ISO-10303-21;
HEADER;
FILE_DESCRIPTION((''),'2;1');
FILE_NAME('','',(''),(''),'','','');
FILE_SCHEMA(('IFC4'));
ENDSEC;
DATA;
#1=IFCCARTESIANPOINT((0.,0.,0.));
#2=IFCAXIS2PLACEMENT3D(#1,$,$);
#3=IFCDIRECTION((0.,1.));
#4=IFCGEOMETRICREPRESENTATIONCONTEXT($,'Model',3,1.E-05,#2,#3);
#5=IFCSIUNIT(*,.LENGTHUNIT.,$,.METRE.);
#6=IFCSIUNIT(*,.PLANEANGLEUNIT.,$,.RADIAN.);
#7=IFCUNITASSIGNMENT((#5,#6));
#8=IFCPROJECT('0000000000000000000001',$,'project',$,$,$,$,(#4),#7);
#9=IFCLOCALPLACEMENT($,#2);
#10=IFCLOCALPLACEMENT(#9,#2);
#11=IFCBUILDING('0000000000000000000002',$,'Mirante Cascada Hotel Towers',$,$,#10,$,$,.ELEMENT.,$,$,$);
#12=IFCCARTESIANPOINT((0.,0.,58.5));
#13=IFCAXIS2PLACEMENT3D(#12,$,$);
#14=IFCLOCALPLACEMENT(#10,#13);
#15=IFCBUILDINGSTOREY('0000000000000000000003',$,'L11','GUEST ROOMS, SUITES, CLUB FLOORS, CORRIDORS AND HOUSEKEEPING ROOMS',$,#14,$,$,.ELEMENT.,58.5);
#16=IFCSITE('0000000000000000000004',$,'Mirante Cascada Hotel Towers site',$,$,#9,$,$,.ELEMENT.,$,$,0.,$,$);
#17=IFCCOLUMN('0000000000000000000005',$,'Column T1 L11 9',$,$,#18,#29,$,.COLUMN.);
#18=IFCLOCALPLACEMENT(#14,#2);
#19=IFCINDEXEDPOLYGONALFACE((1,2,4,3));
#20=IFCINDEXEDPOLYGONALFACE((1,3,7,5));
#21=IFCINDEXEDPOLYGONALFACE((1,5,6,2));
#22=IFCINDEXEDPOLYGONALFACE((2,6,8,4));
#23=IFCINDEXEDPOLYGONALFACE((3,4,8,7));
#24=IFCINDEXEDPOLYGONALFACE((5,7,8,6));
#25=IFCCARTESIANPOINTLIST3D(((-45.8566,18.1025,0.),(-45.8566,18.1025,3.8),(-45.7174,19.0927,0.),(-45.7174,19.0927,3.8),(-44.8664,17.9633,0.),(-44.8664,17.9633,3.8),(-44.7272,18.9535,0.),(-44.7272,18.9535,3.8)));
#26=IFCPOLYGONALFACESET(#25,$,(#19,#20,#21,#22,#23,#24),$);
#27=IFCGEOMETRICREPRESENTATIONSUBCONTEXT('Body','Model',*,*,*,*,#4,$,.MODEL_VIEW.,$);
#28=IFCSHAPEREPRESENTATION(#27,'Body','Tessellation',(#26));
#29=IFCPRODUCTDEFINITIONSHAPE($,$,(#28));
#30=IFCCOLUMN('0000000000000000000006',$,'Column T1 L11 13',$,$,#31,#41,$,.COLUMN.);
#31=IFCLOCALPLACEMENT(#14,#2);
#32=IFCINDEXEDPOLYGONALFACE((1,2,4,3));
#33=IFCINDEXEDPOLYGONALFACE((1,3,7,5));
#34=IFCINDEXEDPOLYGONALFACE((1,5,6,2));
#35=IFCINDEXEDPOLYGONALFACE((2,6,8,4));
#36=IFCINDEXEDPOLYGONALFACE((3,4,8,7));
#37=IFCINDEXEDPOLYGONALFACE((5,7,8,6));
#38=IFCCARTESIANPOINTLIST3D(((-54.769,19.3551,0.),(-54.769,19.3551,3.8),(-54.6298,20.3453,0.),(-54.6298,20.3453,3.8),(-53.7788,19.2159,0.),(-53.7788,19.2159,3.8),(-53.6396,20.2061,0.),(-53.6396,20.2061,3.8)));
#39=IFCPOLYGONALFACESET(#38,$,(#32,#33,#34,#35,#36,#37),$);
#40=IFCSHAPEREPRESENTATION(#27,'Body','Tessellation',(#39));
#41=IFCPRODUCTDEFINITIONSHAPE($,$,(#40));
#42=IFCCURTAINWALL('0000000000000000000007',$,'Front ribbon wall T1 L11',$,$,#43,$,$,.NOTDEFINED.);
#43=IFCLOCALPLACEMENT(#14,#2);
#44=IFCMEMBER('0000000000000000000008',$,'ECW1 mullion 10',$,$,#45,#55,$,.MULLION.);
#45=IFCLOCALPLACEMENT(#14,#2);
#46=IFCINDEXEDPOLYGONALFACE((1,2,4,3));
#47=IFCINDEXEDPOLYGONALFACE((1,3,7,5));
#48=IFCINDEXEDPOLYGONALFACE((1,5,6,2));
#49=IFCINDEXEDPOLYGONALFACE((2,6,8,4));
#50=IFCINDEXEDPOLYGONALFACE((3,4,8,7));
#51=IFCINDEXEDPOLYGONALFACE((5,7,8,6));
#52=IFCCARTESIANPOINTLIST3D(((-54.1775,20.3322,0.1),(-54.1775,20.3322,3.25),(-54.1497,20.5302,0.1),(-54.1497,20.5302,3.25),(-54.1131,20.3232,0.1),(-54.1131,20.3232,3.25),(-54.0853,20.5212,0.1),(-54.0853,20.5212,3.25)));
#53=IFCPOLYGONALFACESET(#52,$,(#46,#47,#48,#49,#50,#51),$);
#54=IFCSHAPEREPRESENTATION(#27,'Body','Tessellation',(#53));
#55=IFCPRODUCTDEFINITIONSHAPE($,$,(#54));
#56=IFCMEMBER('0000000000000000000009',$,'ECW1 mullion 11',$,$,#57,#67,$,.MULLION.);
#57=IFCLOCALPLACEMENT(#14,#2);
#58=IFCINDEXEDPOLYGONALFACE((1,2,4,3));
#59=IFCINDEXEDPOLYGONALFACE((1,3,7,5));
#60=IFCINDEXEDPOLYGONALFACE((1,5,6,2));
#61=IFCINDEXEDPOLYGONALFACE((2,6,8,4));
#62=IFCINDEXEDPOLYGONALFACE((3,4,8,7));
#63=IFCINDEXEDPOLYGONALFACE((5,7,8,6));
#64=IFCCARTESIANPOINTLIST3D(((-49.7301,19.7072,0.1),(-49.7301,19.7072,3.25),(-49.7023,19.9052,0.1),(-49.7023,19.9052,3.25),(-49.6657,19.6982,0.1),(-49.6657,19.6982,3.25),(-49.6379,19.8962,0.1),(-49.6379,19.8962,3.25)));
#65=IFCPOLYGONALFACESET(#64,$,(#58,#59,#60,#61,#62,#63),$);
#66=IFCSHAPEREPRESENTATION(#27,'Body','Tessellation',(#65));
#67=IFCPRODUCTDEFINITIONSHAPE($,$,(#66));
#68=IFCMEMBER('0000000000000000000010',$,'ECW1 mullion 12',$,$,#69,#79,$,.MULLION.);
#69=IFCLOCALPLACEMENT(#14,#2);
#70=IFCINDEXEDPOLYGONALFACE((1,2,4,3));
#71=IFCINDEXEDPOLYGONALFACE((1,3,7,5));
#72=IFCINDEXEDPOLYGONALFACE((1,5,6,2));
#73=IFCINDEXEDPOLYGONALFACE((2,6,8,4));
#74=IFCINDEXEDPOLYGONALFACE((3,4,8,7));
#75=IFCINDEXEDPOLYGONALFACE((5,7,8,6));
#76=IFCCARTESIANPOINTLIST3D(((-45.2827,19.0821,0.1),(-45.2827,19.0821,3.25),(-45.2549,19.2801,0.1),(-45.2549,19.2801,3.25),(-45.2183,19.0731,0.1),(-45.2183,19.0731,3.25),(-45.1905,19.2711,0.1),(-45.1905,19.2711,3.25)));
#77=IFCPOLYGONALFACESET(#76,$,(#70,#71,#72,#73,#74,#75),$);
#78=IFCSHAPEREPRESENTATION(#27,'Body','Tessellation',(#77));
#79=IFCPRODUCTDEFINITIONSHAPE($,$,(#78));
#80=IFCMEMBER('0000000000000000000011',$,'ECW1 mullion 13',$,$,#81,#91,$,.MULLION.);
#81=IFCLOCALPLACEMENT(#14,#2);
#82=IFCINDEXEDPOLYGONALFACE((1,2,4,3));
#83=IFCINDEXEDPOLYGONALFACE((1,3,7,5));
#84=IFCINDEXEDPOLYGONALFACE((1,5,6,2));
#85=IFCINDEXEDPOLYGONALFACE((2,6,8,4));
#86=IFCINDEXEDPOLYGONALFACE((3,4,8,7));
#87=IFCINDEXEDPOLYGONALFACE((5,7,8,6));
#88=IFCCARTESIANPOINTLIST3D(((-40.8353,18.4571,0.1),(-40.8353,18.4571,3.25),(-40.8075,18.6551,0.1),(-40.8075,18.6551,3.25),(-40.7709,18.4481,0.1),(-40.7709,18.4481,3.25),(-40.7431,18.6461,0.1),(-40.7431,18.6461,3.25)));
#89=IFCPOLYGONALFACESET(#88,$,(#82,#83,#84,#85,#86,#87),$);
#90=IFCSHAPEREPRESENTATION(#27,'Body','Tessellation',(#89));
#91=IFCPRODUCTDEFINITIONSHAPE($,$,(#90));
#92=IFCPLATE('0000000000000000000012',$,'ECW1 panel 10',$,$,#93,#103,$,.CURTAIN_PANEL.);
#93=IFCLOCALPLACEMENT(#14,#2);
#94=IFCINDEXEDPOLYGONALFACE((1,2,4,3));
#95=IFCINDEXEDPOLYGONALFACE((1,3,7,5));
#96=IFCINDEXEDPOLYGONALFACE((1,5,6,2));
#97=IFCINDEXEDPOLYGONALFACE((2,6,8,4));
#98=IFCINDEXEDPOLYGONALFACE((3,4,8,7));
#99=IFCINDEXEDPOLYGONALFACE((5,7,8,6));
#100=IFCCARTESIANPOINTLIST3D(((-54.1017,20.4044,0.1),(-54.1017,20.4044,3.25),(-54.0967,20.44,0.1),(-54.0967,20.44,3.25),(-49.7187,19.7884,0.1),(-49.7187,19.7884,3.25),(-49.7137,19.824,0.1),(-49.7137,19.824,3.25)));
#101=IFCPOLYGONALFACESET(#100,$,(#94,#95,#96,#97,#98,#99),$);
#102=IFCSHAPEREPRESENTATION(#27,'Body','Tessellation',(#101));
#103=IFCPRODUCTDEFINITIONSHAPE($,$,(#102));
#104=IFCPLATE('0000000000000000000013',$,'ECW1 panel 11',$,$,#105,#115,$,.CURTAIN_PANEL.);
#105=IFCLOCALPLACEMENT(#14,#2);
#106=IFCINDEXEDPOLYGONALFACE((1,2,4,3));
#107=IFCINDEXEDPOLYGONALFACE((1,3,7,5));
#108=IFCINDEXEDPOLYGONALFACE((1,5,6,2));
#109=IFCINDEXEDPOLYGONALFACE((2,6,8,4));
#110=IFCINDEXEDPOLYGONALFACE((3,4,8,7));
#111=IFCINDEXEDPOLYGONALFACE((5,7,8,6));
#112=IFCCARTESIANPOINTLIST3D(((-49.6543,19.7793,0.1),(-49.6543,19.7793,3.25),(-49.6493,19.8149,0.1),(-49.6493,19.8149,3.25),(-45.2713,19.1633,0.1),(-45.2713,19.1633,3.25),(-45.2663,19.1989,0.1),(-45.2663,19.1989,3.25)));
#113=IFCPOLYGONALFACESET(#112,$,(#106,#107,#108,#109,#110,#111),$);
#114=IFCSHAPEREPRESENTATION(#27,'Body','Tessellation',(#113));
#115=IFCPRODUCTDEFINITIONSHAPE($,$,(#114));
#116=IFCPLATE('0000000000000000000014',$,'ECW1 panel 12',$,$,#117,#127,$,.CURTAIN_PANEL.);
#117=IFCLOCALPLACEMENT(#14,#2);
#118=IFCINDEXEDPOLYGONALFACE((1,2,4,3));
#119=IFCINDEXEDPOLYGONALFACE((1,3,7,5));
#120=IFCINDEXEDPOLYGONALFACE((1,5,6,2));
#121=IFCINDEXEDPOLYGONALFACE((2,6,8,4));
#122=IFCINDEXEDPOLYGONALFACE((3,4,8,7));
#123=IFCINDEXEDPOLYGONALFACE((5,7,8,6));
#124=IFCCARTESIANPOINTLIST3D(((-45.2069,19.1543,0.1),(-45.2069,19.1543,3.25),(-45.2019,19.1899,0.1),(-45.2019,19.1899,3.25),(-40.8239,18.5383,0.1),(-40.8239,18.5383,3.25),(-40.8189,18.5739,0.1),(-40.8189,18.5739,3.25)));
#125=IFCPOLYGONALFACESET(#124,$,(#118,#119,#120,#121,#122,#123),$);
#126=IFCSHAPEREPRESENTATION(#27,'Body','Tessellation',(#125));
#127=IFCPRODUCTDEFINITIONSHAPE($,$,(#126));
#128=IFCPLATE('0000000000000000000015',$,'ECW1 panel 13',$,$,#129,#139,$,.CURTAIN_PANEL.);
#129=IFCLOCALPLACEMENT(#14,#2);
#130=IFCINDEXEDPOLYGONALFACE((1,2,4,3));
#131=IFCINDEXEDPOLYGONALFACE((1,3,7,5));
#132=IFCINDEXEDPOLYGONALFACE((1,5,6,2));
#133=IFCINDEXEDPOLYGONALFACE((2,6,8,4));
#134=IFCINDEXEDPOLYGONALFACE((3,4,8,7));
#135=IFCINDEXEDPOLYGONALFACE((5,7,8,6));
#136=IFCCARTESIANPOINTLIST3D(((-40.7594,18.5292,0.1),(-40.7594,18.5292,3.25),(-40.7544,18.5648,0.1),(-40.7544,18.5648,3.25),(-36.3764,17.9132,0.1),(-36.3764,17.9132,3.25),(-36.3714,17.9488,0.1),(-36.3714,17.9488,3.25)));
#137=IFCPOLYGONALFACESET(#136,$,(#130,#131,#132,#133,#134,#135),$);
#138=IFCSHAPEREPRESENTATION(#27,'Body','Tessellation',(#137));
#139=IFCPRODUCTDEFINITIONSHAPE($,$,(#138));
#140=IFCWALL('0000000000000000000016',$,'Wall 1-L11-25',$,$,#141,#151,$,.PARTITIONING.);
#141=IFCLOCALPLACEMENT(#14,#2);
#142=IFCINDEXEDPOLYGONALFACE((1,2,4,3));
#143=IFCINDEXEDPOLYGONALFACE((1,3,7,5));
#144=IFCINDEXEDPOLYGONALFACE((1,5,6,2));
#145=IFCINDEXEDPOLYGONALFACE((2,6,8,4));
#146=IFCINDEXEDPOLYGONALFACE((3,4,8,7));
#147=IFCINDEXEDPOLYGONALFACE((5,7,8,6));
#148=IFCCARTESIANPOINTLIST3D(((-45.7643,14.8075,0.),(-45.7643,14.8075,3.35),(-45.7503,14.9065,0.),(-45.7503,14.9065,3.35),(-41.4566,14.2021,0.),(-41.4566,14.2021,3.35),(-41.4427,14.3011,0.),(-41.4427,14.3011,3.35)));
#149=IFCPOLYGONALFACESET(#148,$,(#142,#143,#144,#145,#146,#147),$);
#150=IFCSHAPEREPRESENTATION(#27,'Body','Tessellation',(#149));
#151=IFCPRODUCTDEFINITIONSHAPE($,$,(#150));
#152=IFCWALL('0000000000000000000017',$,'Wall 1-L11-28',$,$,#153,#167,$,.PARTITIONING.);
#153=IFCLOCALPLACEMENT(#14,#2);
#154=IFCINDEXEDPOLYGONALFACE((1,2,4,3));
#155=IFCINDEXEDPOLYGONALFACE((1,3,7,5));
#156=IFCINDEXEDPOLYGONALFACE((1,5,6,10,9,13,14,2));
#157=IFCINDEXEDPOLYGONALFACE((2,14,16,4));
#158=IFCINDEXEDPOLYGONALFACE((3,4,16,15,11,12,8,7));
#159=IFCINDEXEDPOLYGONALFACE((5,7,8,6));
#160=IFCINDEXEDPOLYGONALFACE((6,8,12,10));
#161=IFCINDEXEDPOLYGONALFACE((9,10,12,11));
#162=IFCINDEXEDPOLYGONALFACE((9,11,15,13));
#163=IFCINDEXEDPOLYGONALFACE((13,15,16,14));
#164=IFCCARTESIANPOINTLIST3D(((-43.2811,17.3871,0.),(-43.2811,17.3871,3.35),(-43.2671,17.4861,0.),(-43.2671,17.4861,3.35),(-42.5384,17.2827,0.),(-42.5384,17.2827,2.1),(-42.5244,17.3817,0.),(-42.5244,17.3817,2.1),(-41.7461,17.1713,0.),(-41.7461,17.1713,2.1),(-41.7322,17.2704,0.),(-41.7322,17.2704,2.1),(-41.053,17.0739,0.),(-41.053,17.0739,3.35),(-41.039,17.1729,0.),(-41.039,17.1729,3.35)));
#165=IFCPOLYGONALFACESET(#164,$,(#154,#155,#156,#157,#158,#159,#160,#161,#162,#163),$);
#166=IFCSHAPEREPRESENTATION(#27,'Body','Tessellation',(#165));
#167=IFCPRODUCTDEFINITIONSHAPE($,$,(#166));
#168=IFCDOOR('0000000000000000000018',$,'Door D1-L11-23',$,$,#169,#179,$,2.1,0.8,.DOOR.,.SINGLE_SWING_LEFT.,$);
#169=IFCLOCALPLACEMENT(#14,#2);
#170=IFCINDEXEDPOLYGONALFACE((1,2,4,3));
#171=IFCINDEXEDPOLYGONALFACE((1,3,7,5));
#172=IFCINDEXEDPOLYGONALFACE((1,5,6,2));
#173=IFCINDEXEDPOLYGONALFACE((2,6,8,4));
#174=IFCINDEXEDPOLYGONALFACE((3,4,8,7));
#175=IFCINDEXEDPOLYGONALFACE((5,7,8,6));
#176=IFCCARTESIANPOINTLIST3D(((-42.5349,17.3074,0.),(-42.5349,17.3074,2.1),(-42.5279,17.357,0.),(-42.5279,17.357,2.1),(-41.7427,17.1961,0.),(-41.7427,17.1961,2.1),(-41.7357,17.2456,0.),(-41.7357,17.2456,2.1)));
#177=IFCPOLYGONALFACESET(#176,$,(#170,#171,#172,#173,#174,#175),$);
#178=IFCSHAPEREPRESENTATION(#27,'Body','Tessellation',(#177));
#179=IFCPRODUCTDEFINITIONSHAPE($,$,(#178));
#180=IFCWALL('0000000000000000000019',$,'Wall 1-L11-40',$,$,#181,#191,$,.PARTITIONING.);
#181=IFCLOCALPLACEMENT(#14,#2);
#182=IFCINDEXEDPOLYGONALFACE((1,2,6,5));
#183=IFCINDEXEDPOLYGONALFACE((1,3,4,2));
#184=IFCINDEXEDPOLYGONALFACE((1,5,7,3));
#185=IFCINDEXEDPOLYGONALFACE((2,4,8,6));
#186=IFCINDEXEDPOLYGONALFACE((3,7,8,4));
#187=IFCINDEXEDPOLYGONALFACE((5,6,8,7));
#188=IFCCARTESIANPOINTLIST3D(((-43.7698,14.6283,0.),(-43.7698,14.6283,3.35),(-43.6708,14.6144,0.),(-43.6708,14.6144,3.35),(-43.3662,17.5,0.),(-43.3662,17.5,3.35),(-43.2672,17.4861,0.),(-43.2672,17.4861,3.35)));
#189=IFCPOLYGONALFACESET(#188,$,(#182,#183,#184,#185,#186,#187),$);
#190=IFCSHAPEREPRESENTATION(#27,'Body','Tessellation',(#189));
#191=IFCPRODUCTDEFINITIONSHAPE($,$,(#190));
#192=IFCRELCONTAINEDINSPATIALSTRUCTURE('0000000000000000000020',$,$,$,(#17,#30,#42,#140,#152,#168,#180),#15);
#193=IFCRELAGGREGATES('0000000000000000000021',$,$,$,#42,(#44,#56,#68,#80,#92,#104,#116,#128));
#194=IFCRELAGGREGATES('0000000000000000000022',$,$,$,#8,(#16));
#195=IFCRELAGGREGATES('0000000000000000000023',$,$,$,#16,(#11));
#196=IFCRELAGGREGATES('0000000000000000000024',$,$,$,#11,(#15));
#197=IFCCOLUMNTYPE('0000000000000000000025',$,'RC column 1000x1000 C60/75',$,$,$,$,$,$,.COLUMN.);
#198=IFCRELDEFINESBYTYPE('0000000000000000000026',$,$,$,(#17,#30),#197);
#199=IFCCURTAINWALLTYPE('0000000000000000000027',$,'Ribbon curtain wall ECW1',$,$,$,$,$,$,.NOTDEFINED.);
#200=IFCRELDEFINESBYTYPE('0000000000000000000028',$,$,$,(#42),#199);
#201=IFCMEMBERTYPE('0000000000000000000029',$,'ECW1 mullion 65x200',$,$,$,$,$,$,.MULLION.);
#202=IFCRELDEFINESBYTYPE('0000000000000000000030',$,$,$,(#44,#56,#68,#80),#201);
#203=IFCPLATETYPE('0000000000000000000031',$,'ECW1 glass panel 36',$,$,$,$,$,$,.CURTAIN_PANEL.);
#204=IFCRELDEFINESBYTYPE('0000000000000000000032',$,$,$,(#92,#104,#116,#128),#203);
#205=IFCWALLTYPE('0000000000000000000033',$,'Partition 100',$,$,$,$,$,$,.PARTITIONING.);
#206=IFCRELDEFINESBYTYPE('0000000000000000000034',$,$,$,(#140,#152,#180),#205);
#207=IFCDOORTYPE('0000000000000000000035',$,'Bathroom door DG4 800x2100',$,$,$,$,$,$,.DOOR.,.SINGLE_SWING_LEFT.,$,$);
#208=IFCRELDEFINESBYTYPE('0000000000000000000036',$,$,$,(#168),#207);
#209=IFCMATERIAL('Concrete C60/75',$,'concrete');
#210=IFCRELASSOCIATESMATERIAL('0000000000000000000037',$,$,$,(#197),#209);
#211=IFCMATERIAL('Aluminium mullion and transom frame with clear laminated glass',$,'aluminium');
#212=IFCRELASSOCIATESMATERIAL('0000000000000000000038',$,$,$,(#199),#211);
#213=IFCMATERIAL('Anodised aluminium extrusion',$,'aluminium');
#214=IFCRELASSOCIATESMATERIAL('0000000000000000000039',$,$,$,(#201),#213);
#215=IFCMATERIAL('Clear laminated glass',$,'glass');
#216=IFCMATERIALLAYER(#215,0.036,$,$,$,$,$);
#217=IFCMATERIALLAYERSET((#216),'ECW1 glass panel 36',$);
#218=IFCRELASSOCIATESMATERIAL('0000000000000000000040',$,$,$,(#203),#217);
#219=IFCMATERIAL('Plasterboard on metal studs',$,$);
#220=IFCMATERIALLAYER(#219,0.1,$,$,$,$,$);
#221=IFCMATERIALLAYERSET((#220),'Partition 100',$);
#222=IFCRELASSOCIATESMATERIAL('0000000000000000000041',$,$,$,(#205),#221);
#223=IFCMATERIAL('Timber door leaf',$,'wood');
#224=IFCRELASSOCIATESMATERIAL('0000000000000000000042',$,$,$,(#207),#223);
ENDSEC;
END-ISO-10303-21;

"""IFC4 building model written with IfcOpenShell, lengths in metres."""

from ifc_helpers import new_model, si_unit, direction, frame, frame_2d, origin, origin_2d, place, context, subcontext, project, spatial, rectangle, extrude, material, layer, layer_set, material_profile, profile_set, type_object, element, fill, aggregate, save


model = new_model("IFC4")

# Units and contexts
model_context = context("Model", 3, precision=1e-05, world=origin(), true_north=direction((0.0, 1.0)))
body_context = subcontext(model_context, "Body", "Model", "MODEL_VIEW")
ifc_project = project(units=[si_unit("LENGTHUNIT", "METRE"), si_unit("PLANEANGLEUNIT", "RADIAN")], contexts=[model_context])

# Site, building, storey
site_placement = place(None, origin())
site = spatial("IfcSite", under=ifc_project, at=site_placement, Name="Mirante Cascada Hotel Towers site", CompositionType="ELEMENT", RefElevation=0.0)
building_placement = place(site_placement, origin())
building = spatial("IfcBuilding", under=site, at=building_placement, Name="Mirante Cascada Hotel Towers", CompositionType="ELEMENT")
storey_placement = place(building_placement, frame((0.0, 0.0, 58.5)))
storey = spatial("IfcBuildingStorey", under=building, at=storey_placement, Name="L11", Description="GUEST ROOMS, SUITES, CLUB FLOORS, CORRIDORS AND HOUSEKEEPING ROOMS", CompositionType="ELEMENT", Elevation=58.5)

# Columns
ifc_material_1 = material(Name="Concrete C60/75", Category="concrete")
ifc_material_profile_1 = material_profile(ifc_material_1, rectangle(XDim=1.0, YDim=1.0, at=origin_2d()), Name="RC column 1000x1000 C60/75")
ifc_profile_set_1 = profile_set([ifc_material_profile_1], Name="Concrete C60/75")
column_type = type_object("IfcColumnType", Name="RC column 1000x1000 C60/75", PredefinedType="COLUMN", material=ifc_profile_set_1)
for number, where, z_axis, x_axis, name in (
    (1, (-45.2919, 18.528, 0.0), (0.0, 0.0, 1.0), (-0.990268, 0.139173, 0.0), "Column T1 L11 9"),
    (2, (-54.2043, 19.7806, 0.0), (0.0, 0.0, 1.0), (-0.990268, 0.139173, 0.0), "Column T1 L11 13"),
):
    element("IfcColumn", number, at=place(storey_placement, frame(where, z_axis=z_axis, x_axis=x_axis)), inside=storey, type_object=column_type, Name=name, PredefinedType="COLUMN", context=body_context, shape_type="SweptSolid", body=[
        extrude(rectangle(XDim=1.0, YDim=1.0, at=origin_2d()), origin(), (0.0, 0.0, 1.0), 3.8),
    ])

# Curtain wall, members, plates
ifc_material_2 = material(Name="Aluminium mullion and transom frame with clear laminated glass", Category="aluminium")
curtain_wall_type = type_object("IfcCurtainWallType", Name="Ribbon curtain wall ECW1", PredefinedType="NOTDEFINED", material=ifc_material_2)
curtain_wall_placement = place(storey_placement, origin())
curtain_wall = element("IfcCurtainWall", 3, at=curtain_wall_placement, inside=storey, type_object=curtain_wall_type, Name="Front ribbon wall T1 L11", PredefinedType="NOTDEFINED")
ifc_material_3 = material(Name="Anodised aluminium extrusion", Category="aluminium")
ifc_material_profile_2 = material_profile(ifc_material_3, rectangle(XDim=0.2, YDim=0.065, at=origin_2d()), Name="ECW1 MULLION 65x200")
ifc_profile_set_2 = profile_set([ifc_material_profile_2], Name="Anodised aluminium extrusion")
member_type = type_object("IfcMemberType", Name="ECW1 mullion 65x200", PredefinedType="MULLION", material=ifc_profile_set_2)
member_1_placement = place(storey_placement, frame((-54.1314, 20.4267, 0.1), z_axis=(0.0, 0.0, 1.0), x_axis=(0.139173, 0.990268, 0.0)))
member_1 = element("IfcMember", 4, at=member_1_placement, type_object=member_type, Name="ECW1 mullion 10", PredefinedType="MULLION", context=body_context, shape_type="SweptSolid", body=[
    extrude(rectangle(XDim=0.2, YDim=0.065, at=origin_2d()), origin(), (0.0, 0.0, 1.0), 3.15),
])
member_2_placement = place(storey_placement, frame((-49.684, 19.8017, 0.1), z_axis=(0.0, 0.0, 1.0), x_axis=(0.139173, 0.990268, 0.0)))
member_2 = element("IfcMember", 5, at=member_2_placement, type_object=member_type, Name="ECW1 mullion 11", PredefinedType="MULLION", context=body_context, shape_type="SweptSolid", body=[
    extrude(rectangle(XDim=0.2, YDim=0.065, at=origin_2d()), origin(), (0.0, 0.0, 1.0), 3.15),
])
member_3_placement = place(storey_placement, frame((-45.2366, 19.1766, 0.1), z_axis=(0.0, 0.0, 1.0), x_axis=(0.139173, 0.990268, 0.0)))
member_3 = element("IfcMember", 6, at=member_3_placement, type_object=member_type, Name="ECW1 mullion 12", PredefinedType="MULLION", context=body_context, shape_type="SweptSolid", body=[
    extrude(rectangle(XDim=0.2, YDim=0.065, at=origin_2d()), origin(), (0.0, 0.0, 1.0), 3.15),
])
member_4_placement = place(storey_placement, frame((-40.7892, 18.5516, 0.1), z_axis=(0.0, 0.0, 1.0), x_axis=(0.139173, 0.990268, 0.0)))
member_4 = element("IfcMember", 7, at=member_4_placement, type_object=member_type, Name="ECW1 mullion 13", PredefinedType="MULLION", context=body_context, shape_type="SweptSolid", body=[
    extrude(rectangle(XDim=0.2, YDim=0.065, at=origin_2d()), origin(), (0.0, 0.0, 1.0), 3.15),
])
ifc_material_4 = material(Name="Clear laminated glass", Category="glass")
ifc_layer_1 = layer(ifc_material_4, 0.036)
ifc_layer_set_1 = layer_set([ifc_layer_1], Name="ECW1 glass panel 36")
plate_type = type_object("IfcPlateType", Name="ECW1 glass panel 36", PredefinedType="CURTAIN_PANEL", material=ifc_layer_set_1)
plate_1_placement = place(storey_placement, frame((-51.9077, 20.1142, 0.1), z_axis=(0.0, 0.0, 1.0), x_axis=(0.990268, -0.139173, 0.0)))
plate_1 = element("IfcPlate", 8, at=plate_1_placement, type_object=plate_type, Name="ECW1 panel 10", PredefinedType="CURTAIN_PANEL", context=body_context, shape_type="SweptSolid", body=[
    extrude(rectangle(XDim=4.4261, YDim=0.036, at=origin_2d()), origin(), (0.0, 0.0, 1.0), 3.15),
])
plate_2_placement = place(storey_placement, frame((-47.4603, 19.4891, 0.1), z_axis=(0.0, 0.0, 1.0), x_axis=(0.990268, -0.139173, 0.0)))
plate_2 = element("IfcPlate", 9, at=plate_2_placement, type_object=plate_type, Name="ECW1 panel 11", PredefinedType="CURTAIN_PANEL", context=body_context, shape_type="SweptSolid", body=[
    extrude(rectangle(XDim=4.4261, YDim=0.036, at=origin_2d()), origin(), (0.0, 0.0, 1.0), 3.15),
])
plate_3_placement = place(storey_placement, frame((-43.0129, 18.8641, 0.1), z_axis=(0.0, 0.0, 1.0), x_axis=(0.990268, -0.139173, 0.0)))
plate_3 = element("IfcPlate", 10, at=plate_3_placement, type_object=plate_type, Name="ECW1 panel 12", PredefinedType="CURTAIN_PANEL", context=body_context, shape_type="SweptSolid", body=[
    extrude(rectangle(XDim=4.4261, YDim=0.036, at=origin_2d()), origin(), (0.0, 0.0, 1.0), 3.15),
])
plate_4_placement = place(storey_placement, frame((-38.5654, 18.239, 0.1), z_axis=(0.0, 0.0, 1.0), x_axis=(0.990268, -0.139173, 0.0)))
plate_4 = element("IfcPlate", 11, at=plate_4_placement, type_object=plate_type, Name="ECW1 panel 13", PredefinedType="CURTAIN_PANEL", context=body_context, shape_type="SweptSolid", body=[
    extrude(rectangle(XDim=4.4261, YDim=0.036, at=origin_2d()), origin(), (0.0, 0.0, 1.0), 3.15),
])
aggregate(curtain_wall, [member_1, member_2, member_3, member_4, plate_1, plate_2, plate_3, plate_4])

# Wall
ifc_material_5 = material(Name="Plasterboard on metal studs")
ifc_layer_2 = layer(ifc_material_5, 0.1)
ifc_layer_set_2 = layer_set([ifc_layer_2], Name="Partition 100")
wall_type = type_object("IfcWallType", Name="Partition 100", PredefinedType="PARTITIONING", material=ifc_layer_set_2)
wall_1_placement = place(storey_placement, frame((-45.7573, 14.857, 0.0), z_axis=(0.0, 0.0, 1.0), x_axis=(0.990268, -0.139171, 0.0)))
element("IfcWall", 12, at=wall_1_placement, inside=storey, type_object=wall_type, Name="Wall 1-L11-25", PredefinedType="PARTITIONING", context=body_context, shape_type="SweptSolid", body=[
    extrude(rectangle(XDim=4.35, YDim=0.1, at=frame_2d((2.175, 0.0))), origin(), (0.0, 0.0, 1.0), 3.35),
])

# Wall, opening, door
wall_2_placement = place(storey_placement, frame((-41.046, 17.1234, 0.0), z_axis=(0.0, 0.0, 1.0), x_axis=(-0.990264, 0.1392, 0.0)))
wall_2 = element("IfcWall", 13, at=wall_2_placement, inside=storey, type_object=wall_type, Name="Wall 1-L11-28", PredefinedType="PARTITIONING", context=body_context, shape_type="SweptSolid", body=[
    extrude(rectangle(XDim=2.25, YDim=0.1, at=frame_2d((1.125, 0.0))), origin(), (0.0, 0.0, 1.0), 3.35),
])
opening_1_placement = place(wall_2_placement, frame((0.7, 0.0, 0.0)))
opening_1 = element("IfcOpeningElement", 14, at=opening_1_placement, cuts=wall_2, PredefinedType="OPENING", context=body_context, shape_type="SweptSolid", body=[
    extrude(rectangle(XDim=0.8, YDim=2.1, at=frame_2d((0.4, 1.05))), frame((0.0, 0.05, 0.0), z_axis=(0.0, -1.0, 0.0), x_axis=(1.0, 0.0, 0.0)), (0.0, 0.0, 1.0), 0.1),
])
ifc_material_6 = material(Name="Timber door leaf", Category="wood")
door_type_1 = type_object("IfcDoorType", Name="Bathroom door DG4 800x2100", OperationType="SINGLE_SWING_LEFT", PredefinedType="DOOR", material=ifc_material_6)
door_1_placement = place(opening_1_placement, origin())
door_1 = element("IfcDoor", 15, at=door_1_placement, inside=storey, type_object=door_type_1, Name="Door D1-L11-23", OperationType="SINGLE_SWING_LEFT", OverallHeight=2.1, OverallWidth=0.8, PredefinedType="DOOR", context=body_context, shape_type="SweptSolid", body=[
    extrude(rectangle(XDim=0.8, YDim=2.1, at=frame_2d((0.4, 1.05))), frame((0.0, 0.025, 0.0), z_axis=(0.0, -1.0, 0.0), x_axis=(1.0, 0.0, 0.0)), (0.0, 0.0, 1.0), 0.05),
])
fill(opening_1, door_1)

# Wall
wall_3_placement = place(storey_placement, frame((-43.7203, 14.6213, 0.0), z_axis=(0.0, 0.0, 1.0), x_axis=(0.139176, 0.990268, 0.0)))
element("IfcWall", 16, at=wall_3_placement, inside=storey, type_object=wall_type, Name="Wall 1-L11-40", PredefinedType="PARTITIONING", context=body_context, shape_type="SweptSolid", body=[
    extrude(rectangle(XDim=2.8999, YDim=0.1, at=frame_2d((1.45, 0.0))), origin(), (0.0, 0.0, 1.0), 3.35),
])

save(model, "model.ifc")
